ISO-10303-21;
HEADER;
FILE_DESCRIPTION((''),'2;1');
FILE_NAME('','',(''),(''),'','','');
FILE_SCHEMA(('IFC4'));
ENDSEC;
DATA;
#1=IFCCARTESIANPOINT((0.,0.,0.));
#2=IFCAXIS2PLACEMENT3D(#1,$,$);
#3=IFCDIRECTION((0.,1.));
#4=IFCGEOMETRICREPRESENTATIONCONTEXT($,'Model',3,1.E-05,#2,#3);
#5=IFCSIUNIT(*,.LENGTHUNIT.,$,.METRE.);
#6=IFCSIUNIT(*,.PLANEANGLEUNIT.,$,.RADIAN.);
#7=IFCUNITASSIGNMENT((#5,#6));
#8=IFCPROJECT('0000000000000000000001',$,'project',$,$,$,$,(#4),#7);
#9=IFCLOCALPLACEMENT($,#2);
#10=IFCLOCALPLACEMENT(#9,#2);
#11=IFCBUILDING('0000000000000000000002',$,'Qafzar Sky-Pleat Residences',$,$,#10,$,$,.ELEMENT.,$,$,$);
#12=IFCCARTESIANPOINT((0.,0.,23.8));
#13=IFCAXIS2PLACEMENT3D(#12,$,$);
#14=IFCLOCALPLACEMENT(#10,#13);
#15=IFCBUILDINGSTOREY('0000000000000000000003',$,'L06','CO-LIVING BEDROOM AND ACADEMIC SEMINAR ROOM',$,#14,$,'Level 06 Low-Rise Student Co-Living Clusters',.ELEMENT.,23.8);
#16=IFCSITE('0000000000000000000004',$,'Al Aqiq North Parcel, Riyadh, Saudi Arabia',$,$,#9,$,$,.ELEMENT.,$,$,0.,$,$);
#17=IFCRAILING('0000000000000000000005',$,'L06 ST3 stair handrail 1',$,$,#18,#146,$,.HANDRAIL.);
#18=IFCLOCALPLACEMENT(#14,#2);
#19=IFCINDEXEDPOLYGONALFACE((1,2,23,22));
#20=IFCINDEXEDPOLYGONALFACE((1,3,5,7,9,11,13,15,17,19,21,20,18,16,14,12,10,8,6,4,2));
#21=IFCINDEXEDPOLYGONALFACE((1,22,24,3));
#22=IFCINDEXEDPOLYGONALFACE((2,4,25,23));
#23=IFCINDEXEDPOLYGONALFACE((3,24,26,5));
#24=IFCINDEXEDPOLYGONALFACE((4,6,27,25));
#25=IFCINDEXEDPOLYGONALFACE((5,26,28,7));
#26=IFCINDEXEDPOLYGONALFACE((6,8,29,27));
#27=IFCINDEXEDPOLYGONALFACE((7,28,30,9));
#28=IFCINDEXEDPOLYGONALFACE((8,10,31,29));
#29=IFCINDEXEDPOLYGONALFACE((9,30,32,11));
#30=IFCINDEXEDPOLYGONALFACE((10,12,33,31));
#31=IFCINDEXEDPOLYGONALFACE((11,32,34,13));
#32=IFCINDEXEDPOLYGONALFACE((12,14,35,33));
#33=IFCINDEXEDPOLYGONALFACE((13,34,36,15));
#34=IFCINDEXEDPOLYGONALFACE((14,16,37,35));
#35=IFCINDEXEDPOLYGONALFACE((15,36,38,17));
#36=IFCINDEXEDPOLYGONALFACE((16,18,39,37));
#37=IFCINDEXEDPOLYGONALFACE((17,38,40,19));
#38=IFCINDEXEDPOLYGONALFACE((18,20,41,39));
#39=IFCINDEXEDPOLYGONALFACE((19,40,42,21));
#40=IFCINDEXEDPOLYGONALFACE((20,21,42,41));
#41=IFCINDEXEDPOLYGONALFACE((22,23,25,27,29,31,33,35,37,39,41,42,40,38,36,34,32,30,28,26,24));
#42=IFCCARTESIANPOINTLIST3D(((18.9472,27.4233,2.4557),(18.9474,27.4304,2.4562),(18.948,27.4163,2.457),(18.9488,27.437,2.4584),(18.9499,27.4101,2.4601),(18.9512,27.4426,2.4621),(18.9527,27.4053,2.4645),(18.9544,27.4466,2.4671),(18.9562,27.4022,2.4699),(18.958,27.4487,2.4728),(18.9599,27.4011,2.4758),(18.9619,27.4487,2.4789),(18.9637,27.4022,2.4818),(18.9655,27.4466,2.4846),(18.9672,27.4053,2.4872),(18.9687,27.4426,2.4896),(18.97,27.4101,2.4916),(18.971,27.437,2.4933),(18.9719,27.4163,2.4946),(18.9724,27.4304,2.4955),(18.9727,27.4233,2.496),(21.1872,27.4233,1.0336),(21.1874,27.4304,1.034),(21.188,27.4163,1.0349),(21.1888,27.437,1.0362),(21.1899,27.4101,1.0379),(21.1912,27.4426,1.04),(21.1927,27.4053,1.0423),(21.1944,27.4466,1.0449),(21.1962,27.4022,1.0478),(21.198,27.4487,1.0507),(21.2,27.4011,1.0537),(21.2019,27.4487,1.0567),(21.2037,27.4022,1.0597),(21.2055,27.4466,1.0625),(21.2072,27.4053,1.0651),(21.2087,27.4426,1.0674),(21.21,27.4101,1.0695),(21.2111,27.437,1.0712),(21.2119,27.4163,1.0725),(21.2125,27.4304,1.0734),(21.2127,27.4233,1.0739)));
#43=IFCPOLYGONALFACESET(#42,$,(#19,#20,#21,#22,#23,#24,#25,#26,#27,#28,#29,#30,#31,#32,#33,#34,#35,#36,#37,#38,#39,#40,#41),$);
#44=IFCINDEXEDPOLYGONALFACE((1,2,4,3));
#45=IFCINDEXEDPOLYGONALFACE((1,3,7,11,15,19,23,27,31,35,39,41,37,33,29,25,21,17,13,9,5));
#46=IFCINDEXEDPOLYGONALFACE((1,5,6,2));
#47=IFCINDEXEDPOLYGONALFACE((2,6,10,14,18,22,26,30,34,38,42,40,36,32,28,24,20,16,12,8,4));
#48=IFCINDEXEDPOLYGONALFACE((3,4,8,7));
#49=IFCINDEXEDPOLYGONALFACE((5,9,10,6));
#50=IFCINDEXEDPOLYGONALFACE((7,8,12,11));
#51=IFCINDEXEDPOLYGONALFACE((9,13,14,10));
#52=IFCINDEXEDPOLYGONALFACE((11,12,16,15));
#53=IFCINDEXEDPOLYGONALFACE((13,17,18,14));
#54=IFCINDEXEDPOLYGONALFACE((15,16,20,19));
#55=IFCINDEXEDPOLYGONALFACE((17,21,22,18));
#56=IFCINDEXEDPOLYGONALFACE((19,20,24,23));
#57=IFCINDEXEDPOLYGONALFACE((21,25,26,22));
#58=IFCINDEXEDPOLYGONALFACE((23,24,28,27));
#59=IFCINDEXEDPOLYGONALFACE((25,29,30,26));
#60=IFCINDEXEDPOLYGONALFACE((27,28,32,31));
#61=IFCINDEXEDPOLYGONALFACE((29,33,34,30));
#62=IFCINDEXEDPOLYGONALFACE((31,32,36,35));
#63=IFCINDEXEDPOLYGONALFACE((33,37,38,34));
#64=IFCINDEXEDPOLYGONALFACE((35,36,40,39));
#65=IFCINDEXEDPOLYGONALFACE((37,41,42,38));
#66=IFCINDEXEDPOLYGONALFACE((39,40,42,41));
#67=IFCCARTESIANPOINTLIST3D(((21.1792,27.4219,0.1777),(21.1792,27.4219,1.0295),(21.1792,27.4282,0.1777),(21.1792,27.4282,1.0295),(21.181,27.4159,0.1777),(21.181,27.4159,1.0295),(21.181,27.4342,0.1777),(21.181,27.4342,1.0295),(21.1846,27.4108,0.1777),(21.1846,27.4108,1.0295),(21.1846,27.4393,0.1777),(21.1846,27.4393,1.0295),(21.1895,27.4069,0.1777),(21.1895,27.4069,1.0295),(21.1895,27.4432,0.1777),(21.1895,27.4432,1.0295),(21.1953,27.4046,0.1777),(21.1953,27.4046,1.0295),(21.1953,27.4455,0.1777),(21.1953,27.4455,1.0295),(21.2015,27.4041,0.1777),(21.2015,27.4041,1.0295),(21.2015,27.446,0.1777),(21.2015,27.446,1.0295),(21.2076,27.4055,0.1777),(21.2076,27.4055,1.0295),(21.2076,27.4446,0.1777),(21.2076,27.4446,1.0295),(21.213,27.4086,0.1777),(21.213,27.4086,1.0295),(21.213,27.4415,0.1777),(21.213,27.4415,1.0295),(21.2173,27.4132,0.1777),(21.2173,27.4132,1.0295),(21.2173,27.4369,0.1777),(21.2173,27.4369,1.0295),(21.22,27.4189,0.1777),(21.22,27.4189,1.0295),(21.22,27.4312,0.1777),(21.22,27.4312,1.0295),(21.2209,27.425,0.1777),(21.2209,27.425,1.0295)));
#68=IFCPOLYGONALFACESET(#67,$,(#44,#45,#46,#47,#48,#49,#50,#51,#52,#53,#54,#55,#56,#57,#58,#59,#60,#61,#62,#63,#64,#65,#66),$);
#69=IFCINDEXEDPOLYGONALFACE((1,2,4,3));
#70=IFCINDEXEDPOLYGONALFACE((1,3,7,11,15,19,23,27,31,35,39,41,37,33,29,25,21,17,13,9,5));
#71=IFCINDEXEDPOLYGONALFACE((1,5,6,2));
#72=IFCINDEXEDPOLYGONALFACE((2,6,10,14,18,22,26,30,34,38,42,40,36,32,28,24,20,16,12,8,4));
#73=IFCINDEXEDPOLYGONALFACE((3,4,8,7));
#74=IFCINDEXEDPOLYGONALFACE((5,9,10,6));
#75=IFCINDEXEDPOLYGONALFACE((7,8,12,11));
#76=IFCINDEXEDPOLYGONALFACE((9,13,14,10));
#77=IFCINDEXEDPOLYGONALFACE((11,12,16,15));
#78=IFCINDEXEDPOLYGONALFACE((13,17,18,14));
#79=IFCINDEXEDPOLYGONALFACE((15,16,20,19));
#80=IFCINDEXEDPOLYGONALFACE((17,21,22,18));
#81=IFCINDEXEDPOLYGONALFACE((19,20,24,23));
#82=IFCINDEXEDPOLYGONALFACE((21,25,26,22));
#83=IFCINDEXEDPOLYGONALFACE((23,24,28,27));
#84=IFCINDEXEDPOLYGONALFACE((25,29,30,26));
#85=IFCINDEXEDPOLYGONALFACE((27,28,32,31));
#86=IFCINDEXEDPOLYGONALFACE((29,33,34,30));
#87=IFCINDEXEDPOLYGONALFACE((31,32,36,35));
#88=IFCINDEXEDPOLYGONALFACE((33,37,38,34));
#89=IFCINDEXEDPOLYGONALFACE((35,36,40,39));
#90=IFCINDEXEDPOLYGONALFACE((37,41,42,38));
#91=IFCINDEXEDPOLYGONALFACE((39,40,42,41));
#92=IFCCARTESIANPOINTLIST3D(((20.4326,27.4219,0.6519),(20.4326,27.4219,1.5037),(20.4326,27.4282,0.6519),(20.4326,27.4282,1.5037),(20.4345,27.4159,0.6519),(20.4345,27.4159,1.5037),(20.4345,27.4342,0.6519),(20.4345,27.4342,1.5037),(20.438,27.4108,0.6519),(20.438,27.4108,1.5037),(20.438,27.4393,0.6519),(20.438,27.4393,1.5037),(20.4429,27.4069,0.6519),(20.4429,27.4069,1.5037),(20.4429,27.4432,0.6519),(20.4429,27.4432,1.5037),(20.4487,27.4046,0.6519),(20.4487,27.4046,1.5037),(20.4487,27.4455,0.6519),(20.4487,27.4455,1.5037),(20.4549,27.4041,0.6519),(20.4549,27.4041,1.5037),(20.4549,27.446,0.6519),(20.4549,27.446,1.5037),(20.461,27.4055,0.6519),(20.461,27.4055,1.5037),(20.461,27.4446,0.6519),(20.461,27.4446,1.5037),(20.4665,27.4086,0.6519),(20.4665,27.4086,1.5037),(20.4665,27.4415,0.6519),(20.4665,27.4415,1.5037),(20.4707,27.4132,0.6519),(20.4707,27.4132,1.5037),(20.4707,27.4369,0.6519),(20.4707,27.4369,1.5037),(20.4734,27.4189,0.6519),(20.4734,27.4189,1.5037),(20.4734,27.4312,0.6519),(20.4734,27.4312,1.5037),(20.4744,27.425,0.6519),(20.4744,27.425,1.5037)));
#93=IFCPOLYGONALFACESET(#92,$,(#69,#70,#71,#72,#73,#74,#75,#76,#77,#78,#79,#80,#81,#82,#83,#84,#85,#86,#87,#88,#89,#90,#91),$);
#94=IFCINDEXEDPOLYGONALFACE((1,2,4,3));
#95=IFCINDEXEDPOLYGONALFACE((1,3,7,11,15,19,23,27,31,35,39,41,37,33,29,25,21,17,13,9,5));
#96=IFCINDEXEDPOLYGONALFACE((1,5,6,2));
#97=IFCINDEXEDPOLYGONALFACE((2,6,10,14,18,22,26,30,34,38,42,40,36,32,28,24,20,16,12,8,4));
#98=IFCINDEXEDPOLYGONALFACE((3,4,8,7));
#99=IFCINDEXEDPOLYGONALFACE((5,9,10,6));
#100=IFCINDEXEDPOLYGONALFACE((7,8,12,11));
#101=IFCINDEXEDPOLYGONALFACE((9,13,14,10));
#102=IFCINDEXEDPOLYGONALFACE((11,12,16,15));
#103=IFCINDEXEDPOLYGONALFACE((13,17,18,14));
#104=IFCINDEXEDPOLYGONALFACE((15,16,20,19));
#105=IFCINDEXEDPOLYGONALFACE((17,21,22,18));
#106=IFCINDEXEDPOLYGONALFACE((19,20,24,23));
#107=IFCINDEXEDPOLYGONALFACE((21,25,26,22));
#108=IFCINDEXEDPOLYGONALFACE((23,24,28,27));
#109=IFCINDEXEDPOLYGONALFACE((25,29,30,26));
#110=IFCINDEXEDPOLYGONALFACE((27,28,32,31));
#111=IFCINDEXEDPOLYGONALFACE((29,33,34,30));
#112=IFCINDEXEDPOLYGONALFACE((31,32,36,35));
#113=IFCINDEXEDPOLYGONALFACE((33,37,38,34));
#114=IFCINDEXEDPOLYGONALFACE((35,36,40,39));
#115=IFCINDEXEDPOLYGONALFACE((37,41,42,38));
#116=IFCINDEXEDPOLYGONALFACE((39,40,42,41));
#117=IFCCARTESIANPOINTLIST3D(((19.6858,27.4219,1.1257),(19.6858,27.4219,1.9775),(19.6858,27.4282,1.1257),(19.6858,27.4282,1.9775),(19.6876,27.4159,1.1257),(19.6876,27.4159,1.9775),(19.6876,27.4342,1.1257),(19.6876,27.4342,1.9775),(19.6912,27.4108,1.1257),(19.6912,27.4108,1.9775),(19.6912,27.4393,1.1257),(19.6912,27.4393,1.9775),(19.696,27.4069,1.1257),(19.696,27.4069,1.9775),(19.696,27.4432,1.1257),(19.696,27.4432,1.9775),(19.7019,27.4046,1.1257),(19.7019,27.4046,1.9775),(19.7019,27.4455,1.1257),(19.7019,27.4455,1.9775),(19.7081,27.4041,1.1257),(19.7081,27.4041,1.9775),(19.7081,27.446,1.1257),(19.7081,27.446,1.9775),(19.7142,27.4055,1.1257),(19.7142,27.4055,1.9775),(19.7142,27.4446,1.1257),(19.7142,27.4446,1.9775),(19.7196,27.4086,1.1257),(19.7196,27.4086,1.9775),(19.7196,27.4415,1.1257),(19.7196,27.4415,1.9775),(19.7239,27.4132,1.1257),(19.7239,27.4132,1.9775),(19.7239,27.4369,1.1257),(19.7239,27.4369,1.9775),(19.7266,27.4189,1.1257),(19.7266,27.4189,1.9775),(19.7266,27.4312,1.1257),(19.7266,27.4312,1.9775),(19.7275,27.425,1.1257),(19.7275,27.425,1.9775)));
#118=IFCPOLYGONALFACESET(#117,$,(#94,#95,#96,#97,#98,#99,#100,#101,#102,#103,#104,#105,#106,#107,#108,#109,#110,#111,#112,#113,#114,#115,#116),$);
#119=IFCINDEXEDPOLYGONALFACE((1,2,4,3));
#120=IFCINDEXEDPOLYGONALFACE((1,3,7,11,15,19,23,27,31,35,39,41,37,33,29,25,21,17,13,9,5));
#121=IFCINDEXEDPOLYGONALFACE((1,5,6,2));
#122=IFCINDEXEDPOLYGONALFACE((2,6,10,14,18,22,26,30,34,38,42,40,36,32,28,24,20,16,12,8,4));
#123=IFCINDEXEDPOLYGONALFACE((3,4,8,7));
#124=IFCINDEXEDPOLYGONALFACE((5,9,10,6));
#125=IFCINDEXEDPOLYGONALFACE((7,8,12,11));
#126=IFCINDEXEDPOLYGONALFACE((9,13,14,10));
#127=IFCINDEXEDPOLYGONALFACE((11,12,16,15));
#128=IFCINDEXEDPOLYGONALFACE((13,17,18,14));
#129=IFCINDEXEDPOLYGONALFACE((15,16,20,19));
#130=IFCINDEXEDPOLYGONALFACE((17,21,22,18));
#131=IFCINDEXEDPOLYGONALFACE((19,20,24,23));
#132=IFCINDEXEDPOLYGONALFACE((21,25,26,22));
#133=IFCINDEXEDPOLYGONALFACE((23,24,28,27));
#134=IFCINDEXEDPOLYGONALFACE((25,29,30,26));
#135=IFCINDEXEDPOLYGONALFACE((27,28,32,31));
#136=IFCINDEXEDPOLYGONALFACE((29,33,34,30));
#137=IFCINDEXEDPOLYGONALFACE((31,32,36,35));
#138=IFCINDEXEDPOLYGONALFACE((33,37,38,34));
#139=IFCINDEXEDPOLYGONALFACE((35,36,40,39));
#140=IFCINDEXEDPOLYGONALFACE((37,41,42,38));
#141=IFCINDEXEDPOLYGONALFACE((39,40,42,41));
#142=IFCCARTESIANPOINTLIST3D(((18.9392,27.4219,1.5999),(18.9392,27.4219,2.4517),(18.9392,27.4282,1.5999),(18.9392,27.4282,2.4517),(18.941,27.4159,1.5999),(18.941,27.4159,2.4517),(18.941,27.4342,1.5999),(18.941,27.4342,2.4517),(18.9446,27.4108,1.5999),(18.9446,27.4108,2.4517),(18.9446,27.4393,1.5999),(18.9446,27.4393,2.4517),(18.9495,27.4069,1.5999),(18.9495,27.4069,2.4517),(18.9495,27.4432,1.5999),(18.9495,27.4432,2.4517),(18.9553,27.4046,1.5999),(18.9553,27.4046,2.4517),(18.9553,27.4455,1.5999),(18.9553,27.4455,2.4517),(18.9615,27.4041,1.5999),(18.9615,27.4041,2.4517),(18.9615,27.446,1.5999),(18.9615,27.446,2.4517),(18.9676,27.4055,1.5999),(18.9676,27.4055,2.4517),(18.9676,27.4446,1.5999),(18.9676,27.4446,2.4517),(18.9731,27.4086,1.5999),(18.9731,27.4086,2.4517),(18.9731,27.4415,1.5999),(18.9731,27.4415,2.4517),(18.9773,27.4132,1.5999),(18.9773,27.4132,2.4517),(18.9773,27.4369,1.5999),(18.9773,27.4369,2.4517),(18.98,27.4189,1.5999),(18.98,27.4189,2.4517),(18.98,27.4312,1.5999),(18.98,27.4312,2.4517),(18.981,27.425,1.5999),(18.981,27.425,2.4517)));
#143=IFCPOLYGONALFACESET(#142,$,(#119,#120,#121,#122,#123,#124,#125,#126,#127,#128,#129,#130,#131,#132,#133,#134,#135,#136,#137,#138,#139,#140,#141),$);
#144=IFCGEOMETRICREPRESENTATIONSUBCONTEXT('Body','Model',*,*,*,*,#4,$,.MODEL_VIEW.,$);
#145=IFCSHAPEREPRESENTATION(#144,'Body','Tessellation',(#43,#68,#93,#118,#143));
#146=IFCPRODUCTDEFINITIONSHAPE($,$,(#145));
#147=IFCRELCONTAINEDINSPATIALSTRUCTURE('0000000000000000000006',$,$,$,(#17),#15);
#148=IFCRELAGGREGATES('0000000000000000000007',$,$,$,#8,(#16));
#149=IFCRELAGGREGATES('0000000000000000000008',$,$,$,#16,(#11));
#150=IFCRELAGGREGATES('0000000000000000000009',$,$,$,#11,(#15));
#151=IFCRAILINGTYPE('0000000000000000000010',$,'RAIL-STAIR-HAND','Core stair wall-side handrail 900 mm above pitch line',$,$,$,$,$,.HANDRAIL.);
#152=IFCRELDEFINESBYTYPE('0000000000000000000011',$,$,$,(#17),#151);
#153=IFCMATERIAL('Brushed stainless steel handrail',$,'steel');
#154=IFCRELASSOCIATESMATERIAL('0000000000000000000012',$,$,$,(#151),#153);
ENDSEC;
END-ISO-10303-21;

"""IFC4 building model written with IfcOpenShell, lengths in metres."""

from ifc_helpers import new_model, si_unit, direction, frame, origin, origin_2d, place, context, subcontext, project, spatial, circle, extrude, source, transform, mapped, material, type_object, element, save


model = new_model("IFC4")

# Units and contexts
model_context = context("Model", 3, precision=1e-05, world=origin(), true_north=direction((0.0, 1.0)))
body_context = subcontext(model_context, "Body", "Model", "MODEL_VIEW")
ifc_project = project(units=[si_unit("LENGTHUNIT", "METRE"), si_unit("PLANEANGLEUNIT", "RADIAN")], contexts=[model_context])

# Site, building, storey
site_placement = place(None, origin())
site = spatial("IfcSite", under=ifc_project, at=site_placement, Name="Al Aqiq North Parcel, Riyadh, Saudi Arabia", CompositionType="ELEMENT", RefElevation=0.0)
building_placement = place(site_placement, origin())
building = spatial("IfcBuilding", under=site, at=building_placement, Name="Qafzar Sky-Pleat Residences", CompositionType="ELEMENT")
storey_placement = place(building_placement, frame((0.0, 0.0, 23.8)))
storey = spatial("IfcBuildingStorey", under=building, at=storey_placement, Name="L06", Description="CO-LIVING BEDROOM AND ACADEMIC SEMINAR ROOM", LongName="Level 06 Low-Rise Student Co-Living Clusters", CompositionType="ELEMENT", Elevation=23.8)

# Railing
ifc_material_1 = material(Name="Brushed stainless steel handrail", Category="steel")
railing_type_1 = type_object("IfcRailingType", Name="RAIL-STAIR-HAND", Description="Core stair wall-side handrail 900 mm above pitch line", PredefinedType="HANDRAIL", material=ifc_material_1)
shared_shape_1 = source(origin(), body_context, "Body", "SweptSolid", [
    extrude(circle(Radius=0.0239, at=origin_2d()), frame((0.0, 0.0, 0.876), z_axis=(-0.844229, 0.0, 0.535982), x_axis=(0.0, -1.0, 0.0)), (0.0, 0.0, 1.0), 2.6533),
    extrude(circle(Radius=0.021, at=origin_2d()), origin(), (0.0, 0.0, 1.0), 0.8518),
    extrude(circle(Radius=0.021, at=origin_2d()), frame((-0.7466, 0.0, 0.4741)), (0.0, 0.0, 1.0), 0.8518),
    extrude(circle(Radius=0.021, at=origin_2d()), frame((-1.4934, 0.0, 0.948)), (0.0, 0.0, 1.0), 0.8518),
    extrude(circle(Radius=0.021, at=origin_2d()), frame((-2.24, 0.0, 1.4221)), (0.0, 0.0, 1.0), 0.8518),
])
railing_1_placement = place(storey_placement, frame((21.2, 27.425, 0.1777)))
element("IfcRailing", 1, at=railing_1_placement, inside=storey, type_object=railing_type_1, Name="L06 ST3 stair handrail 1", PredefinedType="HANDRAIL", context=body_context, shape_type="MappedRepresentation", body=[
    mapped(shared_shape_1, transform((0.0, 0.0, 0.0), x_axis=(1.0, 0.0, 0.0), y_axis=(0.0, 1.0, 0.0), z_axis=(0.0, 0.0, 1.0), scale=1.0)),
])

save(model, "model.ifc")
